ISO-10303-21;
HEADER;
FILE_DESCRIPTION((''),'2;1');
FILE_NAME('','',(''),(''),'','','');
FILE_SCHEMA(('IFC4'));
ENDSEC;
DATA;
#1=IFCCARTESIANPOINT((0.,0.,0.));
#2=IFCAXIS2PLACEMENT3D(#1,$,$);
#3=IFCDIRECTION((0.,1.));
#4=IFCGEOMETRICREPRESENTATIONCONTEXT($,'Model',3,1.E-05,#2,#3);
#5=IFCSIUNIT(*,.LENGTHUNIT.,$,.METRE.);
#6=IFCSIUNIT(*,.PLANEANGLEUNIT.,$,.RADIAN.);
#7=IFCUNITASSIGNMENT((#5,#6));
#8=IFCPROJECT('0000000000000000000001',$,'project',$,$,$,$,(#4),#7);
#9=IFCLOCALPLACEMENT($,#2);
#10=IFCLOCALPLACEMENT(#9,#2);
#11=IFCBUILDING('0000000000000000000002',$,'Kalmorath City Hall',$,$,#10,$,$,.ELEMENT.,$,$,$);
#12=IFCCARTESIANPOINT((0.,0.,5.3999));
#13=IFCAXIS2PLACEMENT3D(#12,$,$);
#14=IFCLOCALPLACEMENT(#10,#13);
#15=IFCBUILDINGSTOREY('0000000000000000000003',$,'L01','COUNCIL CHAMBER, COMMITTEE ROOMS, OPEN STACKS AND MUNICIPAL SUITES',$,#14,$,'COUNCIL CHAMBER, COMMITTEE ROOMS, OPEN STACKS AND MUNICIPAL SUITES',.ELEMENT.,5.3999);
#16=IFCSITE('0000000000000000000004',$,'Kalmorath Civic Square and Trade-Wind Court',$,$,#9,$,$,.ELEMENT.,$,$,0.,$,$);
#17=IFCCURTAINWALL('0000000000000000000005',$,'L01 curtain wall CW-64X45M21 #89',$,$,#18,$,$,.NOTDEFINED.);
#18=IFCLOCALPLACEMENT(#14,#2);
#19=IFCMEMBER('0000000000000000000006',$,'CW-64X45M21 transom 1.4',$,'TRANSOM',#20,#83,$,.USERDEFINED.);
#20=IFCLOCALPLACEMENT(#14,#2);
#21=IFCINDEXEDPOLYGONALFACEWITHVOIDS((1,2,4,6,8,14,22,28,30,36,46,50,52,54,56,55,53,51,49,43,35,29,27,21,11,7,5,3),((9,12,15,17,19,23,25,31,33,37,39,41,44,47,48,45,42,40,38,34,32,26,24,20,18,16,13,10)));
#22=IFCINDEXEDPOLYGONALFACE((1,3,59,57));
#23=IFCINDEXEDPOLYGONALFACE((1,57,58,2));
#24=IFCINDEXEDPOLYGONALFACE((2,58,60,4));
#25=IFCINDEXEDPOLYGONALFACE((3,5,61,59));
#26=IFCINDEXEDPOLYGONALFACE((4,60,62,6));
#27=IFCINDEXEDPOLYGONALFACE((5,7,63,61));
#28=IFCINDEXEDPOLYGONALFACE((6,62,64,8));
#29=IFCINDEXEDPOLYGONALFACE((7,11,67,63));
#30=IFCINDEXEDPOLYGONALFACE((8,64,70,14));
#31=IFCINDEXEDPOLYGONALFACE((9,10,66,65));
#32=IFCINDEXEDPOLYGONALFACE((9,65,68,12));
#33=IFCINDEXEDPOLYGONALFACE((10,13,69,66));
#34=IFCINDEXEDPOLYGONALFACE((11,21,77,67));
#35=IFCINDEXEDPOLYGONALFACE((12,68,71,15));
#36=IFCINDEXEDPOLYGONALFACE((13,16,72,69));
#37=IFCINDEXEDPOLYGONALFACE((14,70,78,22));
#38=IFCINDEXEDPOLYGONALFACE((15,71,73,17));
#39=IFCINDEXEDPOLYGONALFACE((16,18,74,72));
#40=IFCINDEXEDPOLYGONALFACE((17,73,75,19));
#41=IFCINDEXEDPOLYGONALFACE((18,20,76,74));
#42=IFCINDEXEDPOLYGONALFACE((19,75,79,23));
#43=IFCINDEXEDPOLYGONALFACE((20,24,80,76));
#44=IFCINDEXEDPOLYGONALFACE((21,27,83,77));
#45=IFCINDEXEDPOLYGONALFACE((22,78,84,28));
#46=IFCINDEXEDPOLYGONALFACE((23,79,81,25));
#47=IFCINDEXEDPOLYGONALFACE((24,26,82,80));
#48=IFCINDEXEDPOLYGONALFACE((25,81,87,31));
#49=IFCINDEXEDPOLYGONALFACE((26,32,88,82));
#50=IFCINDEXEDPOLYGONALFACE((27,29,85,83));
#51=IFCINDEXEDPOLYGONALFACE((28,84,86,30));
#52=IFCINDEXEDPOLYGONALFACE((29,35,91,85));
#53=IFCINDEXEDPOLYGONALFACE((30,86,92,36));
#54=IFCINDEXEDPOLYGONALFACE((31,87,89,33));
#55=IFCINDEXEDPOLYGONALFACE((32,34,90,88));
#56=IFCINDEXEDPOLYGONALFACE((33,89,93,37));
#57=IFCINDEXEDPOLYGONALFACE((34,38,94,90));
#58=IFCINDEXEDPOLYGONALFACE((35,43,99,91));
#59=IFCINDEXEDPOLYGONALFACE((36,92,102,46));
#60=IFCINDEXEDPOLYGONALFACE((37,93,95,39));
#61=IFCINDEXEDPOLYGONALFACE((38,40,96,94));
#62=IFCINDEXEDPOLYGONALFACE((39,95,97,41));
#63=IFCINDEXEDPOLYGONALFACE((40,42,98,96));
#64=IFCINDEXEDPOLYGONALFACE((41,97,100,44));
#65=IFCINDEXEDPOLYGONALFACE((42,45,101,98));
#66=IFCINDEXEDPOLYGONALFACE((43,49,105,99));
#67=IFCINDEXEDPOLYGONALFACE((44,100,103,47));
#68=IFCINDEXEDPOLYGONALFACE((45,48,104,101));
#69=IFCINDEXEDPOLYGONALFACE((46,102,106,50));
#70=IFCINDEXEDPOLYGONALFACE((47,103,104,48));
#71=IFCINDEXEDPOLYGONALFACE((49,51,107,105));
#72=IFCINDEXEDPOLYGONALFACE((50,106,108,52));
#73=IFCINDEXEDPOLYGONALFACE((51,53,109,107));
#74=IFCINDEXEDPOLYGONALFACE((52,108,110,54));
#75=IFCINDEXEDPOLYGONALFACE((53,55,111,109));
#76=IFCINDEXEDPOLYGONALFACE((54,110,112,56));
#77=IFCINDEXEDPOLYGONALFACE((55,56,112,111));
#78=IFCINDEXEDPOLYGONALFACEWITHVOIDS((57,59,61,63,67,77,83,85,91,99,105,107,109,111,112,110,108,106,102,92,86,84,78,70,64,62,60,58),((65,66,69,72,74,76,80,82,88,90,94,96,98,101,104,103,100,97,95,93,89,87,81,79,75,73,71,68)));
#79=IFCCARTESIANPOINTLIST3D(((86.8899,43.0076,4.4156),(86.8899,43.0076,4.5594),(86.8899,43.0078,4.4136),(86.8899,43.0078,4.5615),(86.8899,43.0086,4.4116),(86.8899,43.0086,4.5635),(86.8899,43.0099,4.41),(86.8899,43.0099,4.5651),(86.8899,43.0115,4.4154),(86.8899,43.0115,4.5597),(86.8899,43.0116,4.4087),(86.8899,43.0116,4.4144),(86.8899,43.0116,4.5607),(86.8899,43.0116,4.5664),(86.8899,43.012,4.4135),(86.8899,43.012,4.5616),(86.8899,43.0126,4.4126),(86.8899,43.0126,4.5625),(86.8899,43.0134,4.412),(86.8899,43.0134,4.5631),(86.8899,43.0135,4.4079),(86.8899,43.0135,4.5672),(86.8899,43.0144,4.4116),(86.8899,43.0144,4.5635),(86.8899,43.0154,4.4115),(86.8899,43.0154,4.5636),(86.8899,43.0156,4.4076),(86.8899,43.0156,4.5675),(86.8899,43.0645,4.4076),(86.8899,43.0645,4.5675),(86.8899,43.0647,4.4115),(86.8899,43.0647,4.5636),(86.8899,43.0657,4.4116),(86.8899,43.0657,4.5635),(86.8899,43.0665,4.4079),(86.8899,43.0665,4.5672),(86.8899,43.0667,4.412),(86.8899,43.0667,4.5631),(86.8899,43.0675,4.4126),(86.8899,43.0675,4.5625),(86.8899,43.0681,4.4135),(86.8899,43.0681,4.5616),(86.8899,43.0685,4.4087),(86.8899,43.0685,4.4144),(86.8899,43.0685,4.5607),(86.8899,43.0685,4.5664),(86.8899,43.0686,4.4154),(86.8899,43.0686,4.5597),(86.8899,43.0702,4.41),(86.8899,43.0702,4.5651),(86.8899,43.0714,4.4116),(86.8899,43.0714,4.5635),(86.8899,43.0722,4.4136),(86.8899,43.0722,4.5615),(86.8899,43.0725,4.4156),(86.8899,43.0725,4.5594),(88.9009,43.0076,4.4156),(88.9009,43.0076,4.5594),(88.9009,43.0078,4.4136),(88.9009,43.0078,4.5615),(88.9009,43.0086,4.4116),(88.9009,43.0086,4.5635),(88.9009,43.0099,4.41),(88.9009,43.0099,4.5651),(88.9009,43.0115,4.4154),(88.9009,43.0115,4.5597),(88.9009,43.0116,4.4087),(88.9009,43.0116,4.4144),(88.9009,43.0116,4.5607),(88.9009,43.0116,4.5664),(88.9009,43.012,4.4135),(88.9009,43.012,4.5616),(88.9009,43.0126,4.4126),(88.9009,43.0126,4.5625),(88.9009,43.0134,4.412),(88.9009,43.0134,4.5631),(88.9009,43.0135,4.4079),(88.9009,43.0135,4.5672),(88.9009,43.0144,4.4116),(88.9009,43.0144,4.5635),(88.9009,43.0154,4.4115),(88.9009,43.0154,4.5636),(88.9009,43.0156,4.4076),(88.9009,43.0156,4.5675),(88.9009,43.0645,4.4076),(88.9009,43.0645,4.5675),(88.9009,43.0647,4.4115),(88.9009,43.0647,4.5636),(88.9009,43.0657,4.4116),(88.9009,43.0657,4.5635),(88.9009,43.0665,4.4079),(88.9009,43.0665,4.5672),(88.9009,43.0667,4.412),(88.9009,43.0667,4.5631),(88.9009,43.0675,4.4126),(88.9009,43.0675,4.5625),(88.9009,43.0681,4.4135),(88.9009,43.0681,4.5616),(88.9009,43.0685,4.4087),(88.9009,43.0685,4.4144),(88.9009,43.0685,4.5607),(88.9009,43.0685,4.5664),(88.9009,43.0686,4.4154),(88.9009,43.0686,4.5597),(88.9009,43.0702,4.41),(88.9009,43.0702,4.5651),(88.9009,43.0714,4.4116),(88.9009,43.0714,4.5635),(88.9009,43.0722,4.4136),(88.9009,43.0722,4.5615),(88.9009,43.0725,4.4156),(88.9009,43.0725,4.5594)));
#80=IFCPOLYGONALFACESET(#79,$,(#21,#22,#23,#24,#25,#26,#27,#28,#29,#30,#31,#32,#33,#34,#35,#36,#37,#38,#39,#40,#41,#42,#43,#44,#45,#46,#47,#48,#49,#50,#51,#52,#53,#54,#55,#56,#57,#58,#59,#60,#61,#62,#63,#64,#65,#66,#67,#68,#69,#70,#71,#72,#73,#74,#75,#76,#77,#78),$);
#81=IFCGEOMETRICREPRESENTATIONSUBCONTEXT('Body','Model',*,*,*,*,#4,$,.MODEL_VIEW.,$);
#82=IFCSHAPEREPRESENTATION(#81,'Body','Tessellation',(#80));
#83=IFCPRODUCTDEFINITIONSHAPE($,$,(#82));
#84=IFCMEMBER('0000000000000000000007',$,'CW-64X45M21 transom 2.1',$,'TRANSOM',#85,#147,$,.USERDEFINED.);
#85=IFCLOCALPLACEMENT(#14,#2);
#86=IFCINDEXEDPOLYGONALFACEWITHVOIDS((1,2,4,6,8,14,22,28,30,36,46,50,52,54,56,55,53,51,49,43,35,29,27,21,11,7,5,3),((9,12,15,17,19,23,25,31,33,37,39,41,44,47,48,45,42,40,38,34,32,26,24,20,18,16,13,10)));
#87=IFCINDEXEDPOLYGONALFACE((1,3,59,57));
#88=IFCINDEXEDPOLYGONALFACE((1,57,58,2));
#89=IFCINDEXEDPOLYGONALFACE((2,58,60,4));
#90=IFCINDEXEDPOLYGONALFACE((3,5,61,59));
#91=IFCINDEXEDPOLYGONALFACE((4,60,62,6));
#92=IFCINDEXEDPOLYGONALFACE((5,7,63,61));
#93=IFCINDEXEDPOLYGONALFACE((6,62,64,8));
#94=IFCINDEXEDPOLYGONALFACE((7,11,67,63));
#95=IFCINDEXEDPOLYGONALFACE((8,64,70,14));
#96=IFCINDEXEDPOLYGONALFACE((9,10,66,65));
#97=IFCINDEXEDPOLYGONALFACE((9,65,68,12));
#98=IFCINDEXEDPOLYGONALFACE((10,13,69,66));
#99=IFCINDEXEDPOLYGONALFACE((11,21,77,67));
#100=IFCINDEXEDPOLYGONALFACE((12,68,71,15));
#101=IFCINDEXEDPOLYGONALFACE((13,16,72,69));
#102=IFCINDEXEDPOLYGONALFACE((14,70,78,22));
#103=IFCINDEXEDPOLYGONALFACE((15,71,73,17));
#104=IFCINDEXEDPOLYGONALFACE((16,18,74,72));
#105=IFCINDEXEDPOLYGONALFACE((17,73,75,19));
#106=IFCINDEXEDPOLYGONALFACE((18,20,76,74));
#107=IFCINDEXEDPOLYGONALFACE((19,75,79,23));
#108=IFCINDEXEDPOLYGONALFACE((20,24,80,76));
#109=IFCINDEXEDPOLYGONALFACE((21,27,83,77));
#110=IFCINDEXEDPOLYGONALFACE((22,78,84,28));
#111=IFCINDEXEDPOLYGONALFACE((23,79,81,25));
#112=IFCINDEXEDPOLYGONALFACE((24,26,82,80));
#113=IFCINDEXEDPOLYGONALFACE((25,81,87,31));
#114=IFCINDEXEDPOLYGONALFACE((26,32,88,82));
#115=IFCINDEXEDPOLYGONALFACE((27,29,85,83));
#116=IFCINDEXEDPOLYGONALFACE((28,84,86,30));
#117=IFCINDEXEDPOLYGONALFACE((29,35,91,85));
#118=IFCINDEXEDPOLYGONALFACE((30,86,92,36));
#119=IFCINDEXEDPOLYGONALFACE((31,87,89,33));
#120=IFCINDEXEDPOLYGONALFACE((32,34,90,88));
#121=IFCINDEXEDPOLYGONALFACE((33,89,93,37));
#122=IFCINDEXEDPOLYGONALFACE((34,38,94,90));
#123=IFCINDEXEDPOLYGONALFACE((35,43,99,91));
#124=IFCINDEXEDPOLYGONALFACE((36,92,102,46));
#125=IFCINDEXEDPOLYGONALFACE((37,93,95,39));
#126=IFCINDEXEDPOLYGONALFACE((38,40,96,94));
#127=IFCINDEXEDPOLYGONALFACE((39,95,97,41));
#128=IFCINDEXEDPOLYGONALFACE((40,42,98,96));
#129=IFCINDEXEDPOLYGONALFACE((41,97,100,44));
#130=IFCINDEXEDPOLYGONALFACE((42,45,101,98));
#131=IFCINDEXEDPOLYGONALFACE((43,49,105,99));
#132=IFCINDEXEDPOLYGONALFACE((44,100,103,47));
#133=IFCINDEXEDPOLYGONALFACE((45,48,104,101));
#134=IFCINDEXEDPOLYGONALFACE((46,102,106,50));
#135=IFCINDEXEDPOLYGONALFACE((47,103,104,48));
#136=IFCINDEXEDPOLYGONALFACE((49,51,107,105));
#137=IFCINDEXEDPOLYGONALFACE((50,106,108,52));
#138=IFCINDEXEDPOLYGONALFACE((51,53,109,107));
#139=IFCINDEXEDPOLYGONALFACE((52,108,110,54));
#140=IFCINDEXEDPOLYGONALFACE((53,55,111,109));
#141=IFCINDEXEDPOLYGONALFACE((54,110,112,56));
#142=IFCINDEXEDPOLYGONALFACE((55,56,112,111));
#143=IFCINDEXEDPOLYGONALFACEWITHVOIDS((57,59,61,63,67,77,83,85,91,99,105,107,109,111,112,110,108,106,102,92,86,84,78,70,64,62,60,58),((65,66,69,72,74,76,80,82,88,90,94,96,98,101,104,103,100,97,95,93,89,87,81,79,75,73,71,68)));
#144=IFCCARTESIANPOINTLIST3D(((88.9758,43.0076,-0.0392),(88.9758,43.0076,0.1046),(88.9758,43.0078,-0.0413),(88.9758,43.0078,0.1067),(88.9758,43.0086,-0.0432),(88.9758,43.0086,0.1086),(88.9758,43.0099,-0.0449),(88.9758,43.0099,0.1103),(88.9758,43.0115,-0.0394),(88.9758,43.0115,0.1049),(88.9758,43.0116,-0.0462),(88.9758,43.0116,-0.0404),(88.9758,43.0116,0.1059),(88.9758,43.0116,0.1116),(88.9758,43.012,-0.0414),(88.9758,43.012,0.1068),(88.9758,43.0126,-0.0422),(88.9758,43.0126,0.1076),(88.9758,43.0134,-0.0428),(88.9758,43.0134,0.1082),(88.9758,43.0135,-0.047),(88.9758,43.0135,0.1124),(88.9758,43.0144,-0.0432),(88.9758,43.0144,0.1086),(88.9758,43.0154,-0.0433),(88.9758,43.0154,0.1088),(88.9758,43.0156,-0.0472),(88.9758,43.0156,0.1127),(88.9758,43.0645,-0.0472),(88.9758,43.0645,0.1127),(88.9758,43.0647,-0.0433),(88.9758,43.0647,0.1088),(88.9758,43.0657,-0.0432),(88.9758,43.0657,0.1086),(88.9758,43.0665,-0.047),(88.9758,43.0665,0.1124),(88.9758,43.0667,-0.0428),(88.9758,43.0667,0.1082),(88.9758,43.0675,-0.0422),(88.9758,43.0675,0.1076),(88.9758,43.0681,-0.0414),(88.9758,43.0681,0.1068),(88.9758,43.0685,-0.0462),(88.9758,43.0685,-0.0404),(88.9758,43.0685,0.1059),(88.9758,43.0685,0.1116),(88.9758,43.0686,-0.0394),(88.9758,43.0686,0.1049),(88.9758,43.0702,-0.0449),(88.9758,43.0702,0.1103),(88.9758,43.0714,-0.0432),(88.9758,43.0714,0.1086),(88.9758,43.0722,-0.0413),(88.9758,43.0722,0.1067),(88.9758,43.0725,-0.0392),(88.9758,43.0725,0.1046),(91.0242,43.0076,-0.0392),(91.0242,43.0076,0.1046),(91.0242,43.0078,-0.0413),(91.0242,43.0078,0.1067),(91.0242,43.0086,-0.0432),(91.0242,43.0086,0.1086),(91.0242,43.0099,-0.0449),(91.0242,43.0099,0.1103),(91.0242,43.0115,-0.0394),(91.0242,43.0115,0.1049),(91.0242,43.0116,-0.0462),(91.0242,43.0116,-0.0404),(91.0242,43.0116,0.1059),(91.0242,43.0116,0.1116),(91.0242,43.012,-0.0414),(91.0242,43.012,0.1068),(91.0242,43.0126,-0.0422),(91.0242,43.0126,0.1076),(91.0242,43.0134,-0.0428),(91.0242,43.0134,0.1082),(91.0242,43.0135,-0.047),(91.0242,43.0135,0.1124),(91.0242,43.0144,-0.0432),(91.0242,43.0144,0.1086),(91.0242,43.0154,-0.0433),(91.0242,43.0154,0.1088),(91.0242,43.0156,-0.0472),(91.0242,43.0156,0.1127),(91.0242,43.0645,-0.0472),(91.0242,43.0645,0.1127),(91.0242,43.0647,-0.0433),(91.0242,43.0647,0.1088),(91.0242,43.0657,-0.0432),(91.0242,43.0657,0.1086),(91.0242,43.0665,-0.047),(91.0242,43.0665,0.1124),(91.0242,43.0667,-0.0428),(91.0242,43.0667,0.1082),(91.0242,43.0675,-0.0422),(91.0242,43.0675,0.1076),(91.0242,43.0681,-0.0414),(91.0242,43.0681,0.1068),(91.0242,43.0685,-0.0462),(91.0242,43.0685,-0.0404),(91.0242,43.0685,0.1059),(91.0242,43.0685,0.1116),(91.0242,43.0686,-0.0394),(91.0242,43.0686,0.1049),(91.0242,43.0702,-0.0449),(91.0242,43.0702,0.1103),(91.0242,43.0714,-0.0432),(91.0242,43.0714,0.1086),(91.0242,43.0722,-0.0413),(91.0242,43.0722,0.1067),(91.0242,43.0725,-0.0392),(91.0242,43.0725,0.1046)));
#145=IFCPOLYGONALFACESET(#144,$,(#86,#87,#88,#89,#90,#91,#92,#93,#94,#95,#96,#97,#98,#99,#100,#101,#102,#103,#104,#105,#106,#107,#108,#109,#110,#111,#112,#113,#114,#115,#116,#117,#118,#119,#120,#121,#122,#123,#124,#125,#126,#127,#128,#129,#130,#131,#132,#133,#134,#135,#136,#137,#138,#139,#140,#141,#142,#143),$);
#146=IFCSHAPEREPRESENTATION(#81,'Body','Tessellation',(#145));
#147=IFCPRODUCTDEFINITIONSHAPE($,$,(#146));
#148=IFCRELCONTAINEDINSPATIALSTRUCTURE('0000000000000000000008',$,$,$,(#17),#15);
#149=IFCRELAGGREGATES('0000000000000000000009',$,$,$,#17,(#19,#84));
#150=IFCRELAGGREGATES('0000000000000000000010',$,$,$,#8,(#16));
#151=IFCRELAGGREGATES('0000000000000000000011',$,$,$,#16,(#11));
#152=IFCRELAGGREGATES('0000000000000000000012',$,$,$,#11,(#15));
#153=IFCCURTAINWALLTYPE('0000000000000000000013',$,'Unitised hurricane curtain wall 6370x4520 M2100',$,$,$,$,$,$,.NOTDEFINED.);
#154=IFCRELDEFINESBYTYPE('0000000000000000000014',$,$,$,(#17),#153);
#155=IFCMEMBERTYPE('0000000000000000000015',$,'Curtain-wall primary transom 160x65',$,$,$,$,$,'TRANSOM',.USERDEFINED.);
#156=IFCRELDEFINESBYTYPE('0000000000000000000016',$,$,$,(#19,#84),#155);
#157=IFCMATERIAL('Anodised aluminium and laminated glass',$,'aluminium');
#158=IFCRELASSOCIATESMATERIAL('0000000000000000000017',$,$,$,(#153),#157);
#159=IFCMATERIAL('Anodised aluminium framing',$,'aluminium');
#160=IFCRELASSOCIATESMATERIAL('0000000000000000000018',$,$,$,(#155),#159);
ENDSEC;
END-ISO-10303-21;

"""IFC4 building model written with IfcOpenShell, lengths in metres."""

from ifc_helpers import new_model, si_unit, direction, frame, origin, origin_2d, place, context, subcontext, project, spatial, hollow_rectangle, extrude, material, material_profile, profile_set, type_object, element, aggregate, save


model = new_model("IFC4")

# Units and contexts
model_context = context("Model", 3, precision=1e-05, world=origin(), true_north=direction((0.0, 1.0)))
body_context = subcontext(model_context, "Body", "Model", "MODEL_VIEW")
ifc_project = project(units=[si_unit("LENGTHUNIT", "METRE"), si_unit("PLANEANGLEUNIT", "RADIAN")], contexts=[model_context])

# Site, building, storey
site_placement = place(None, origin())
site = spatial("IfcSite", under=ifc_project, at=site_placement, Name="Kalmorath Civic Square and Trade-Wind Court", CompositionType="ELEMENT", RefElevation=0.0)
building_placement = place(site_placement, origin())
building = spatial("IfcBuilding", under=site, at=building_placement, Name="Kalmorath City Hall", CompositionType="ELEMENT")
storey_placement = place(building_placement, frame((0.0, 0.0, 5.3999)))
storey = spatial("IfcBuildingStorey", under=building, at=storey_placement, Name="L01", Description="COUNCIL CHAMBER, COMMITTEE ROOMS, OPEN STACKS AND MUNICIPAL SUITES", LongName="COUNCIL CHAMBER, COMMITTEE ROOMS, OPEN STACKS AND MUNICIPAL SUITES", CompositionType="ELEMENT", Elevation=5.3999)

# Curtain wall, members
ifc_material_1 = material(Name="Anodised aluminium and laminated glass", Category="aluminium")
curtain_wall_type = type_object("IfcCurtainWallType", Name="Unitised hurricane curtain wall 6370x4520 M2100", PredefinedType="NOTDEFINED", material=ifc_material_1)
curtain_wall_placement = place(storey_placement, origin())
curtain_wall = element("IfcCurtainWall", 1, at=curtain_wall_placement, inside=storey, type_object=curtain_wall_type, Name="L01 curtain wall CW-64X45M21 #89", PredefinedType="NOTDEFINED")
ifc_material_2 = material(Name="Anodised aluminium framing", Category="aluminium")
ifc_material_profile_1 = material_profile(ifc_material_2, hollow_rectangle(XDim=0.0649, YDim=0.1599, WallThickness=0.0039, InnerFilletRadius=0.0039, OuterFilletRadius=0.0081, at=origin_2d()), Name="ALU-TRN-160X65X4")
ifc_profile_set_1 = profile_set([ifc_material_profile_1], Name="Anodised aluminium framing")
member_type_1 = type_object("IfcMemberType", Name="Curtain-wall primary transom 160x65", ElementType="TRANSOM", PredefinedType="USERDEFINED", material=ifc_profile_set_1)
member_1_placement = place(storey_placement, frame((86.8899, 43.04, 4.4875), z_axis=(1.0, 0.0, 0.0), x_axis=(0.0, 1.0, 0.0)))
member_1 = element("IfcMember", 2, at=member_1_placement, type_object=member_type_1, Name="CW-64X45M21 transom 1.4", ObjectType="TRANSOM", PredefinedType="USERDEFINED", context=body_context, shape_type="SweptSolid", body=[
    extrude(hollow_rectangle(XDim=0.0649, YDim=0.1599, WallThickness=0.0039, InnerFilletRadius=0.0039, OuterFilletRadius=0.0081, at=origin_2d()), origin(), (0.0, 0.0, 1.0), 2.011),
])
member_2_placement = place(storey_placement, frame((88.9758, 43.04, 0.0327), z_axis=(1.0, 0.0, 0.0), x_axis=(0.0, 1.0, 0.0)))
member_2 = element("IfcMember", 3, at=member_2_placement, type_object=member_type_1, Name="CW-64X45M21 transom 2.1", ObjectType="TRANSOM", PredefinedType="USERDEFINED", context=body_context, shape_type="SweptSolid", body=[
    extrude(hollow_rectangle(XDim=0.0649, YDim=0.1599, WallThickness=0.0039, InnerFilletRadius=0.0039, OuterFilletRadius=0.0081, at=origin_2d()), origin(), (0.0, 0.0, 1.0), 2.0483),
])

aggregate(curtain_wall, [member_1, member_2])

save(model, "model.ifc")
